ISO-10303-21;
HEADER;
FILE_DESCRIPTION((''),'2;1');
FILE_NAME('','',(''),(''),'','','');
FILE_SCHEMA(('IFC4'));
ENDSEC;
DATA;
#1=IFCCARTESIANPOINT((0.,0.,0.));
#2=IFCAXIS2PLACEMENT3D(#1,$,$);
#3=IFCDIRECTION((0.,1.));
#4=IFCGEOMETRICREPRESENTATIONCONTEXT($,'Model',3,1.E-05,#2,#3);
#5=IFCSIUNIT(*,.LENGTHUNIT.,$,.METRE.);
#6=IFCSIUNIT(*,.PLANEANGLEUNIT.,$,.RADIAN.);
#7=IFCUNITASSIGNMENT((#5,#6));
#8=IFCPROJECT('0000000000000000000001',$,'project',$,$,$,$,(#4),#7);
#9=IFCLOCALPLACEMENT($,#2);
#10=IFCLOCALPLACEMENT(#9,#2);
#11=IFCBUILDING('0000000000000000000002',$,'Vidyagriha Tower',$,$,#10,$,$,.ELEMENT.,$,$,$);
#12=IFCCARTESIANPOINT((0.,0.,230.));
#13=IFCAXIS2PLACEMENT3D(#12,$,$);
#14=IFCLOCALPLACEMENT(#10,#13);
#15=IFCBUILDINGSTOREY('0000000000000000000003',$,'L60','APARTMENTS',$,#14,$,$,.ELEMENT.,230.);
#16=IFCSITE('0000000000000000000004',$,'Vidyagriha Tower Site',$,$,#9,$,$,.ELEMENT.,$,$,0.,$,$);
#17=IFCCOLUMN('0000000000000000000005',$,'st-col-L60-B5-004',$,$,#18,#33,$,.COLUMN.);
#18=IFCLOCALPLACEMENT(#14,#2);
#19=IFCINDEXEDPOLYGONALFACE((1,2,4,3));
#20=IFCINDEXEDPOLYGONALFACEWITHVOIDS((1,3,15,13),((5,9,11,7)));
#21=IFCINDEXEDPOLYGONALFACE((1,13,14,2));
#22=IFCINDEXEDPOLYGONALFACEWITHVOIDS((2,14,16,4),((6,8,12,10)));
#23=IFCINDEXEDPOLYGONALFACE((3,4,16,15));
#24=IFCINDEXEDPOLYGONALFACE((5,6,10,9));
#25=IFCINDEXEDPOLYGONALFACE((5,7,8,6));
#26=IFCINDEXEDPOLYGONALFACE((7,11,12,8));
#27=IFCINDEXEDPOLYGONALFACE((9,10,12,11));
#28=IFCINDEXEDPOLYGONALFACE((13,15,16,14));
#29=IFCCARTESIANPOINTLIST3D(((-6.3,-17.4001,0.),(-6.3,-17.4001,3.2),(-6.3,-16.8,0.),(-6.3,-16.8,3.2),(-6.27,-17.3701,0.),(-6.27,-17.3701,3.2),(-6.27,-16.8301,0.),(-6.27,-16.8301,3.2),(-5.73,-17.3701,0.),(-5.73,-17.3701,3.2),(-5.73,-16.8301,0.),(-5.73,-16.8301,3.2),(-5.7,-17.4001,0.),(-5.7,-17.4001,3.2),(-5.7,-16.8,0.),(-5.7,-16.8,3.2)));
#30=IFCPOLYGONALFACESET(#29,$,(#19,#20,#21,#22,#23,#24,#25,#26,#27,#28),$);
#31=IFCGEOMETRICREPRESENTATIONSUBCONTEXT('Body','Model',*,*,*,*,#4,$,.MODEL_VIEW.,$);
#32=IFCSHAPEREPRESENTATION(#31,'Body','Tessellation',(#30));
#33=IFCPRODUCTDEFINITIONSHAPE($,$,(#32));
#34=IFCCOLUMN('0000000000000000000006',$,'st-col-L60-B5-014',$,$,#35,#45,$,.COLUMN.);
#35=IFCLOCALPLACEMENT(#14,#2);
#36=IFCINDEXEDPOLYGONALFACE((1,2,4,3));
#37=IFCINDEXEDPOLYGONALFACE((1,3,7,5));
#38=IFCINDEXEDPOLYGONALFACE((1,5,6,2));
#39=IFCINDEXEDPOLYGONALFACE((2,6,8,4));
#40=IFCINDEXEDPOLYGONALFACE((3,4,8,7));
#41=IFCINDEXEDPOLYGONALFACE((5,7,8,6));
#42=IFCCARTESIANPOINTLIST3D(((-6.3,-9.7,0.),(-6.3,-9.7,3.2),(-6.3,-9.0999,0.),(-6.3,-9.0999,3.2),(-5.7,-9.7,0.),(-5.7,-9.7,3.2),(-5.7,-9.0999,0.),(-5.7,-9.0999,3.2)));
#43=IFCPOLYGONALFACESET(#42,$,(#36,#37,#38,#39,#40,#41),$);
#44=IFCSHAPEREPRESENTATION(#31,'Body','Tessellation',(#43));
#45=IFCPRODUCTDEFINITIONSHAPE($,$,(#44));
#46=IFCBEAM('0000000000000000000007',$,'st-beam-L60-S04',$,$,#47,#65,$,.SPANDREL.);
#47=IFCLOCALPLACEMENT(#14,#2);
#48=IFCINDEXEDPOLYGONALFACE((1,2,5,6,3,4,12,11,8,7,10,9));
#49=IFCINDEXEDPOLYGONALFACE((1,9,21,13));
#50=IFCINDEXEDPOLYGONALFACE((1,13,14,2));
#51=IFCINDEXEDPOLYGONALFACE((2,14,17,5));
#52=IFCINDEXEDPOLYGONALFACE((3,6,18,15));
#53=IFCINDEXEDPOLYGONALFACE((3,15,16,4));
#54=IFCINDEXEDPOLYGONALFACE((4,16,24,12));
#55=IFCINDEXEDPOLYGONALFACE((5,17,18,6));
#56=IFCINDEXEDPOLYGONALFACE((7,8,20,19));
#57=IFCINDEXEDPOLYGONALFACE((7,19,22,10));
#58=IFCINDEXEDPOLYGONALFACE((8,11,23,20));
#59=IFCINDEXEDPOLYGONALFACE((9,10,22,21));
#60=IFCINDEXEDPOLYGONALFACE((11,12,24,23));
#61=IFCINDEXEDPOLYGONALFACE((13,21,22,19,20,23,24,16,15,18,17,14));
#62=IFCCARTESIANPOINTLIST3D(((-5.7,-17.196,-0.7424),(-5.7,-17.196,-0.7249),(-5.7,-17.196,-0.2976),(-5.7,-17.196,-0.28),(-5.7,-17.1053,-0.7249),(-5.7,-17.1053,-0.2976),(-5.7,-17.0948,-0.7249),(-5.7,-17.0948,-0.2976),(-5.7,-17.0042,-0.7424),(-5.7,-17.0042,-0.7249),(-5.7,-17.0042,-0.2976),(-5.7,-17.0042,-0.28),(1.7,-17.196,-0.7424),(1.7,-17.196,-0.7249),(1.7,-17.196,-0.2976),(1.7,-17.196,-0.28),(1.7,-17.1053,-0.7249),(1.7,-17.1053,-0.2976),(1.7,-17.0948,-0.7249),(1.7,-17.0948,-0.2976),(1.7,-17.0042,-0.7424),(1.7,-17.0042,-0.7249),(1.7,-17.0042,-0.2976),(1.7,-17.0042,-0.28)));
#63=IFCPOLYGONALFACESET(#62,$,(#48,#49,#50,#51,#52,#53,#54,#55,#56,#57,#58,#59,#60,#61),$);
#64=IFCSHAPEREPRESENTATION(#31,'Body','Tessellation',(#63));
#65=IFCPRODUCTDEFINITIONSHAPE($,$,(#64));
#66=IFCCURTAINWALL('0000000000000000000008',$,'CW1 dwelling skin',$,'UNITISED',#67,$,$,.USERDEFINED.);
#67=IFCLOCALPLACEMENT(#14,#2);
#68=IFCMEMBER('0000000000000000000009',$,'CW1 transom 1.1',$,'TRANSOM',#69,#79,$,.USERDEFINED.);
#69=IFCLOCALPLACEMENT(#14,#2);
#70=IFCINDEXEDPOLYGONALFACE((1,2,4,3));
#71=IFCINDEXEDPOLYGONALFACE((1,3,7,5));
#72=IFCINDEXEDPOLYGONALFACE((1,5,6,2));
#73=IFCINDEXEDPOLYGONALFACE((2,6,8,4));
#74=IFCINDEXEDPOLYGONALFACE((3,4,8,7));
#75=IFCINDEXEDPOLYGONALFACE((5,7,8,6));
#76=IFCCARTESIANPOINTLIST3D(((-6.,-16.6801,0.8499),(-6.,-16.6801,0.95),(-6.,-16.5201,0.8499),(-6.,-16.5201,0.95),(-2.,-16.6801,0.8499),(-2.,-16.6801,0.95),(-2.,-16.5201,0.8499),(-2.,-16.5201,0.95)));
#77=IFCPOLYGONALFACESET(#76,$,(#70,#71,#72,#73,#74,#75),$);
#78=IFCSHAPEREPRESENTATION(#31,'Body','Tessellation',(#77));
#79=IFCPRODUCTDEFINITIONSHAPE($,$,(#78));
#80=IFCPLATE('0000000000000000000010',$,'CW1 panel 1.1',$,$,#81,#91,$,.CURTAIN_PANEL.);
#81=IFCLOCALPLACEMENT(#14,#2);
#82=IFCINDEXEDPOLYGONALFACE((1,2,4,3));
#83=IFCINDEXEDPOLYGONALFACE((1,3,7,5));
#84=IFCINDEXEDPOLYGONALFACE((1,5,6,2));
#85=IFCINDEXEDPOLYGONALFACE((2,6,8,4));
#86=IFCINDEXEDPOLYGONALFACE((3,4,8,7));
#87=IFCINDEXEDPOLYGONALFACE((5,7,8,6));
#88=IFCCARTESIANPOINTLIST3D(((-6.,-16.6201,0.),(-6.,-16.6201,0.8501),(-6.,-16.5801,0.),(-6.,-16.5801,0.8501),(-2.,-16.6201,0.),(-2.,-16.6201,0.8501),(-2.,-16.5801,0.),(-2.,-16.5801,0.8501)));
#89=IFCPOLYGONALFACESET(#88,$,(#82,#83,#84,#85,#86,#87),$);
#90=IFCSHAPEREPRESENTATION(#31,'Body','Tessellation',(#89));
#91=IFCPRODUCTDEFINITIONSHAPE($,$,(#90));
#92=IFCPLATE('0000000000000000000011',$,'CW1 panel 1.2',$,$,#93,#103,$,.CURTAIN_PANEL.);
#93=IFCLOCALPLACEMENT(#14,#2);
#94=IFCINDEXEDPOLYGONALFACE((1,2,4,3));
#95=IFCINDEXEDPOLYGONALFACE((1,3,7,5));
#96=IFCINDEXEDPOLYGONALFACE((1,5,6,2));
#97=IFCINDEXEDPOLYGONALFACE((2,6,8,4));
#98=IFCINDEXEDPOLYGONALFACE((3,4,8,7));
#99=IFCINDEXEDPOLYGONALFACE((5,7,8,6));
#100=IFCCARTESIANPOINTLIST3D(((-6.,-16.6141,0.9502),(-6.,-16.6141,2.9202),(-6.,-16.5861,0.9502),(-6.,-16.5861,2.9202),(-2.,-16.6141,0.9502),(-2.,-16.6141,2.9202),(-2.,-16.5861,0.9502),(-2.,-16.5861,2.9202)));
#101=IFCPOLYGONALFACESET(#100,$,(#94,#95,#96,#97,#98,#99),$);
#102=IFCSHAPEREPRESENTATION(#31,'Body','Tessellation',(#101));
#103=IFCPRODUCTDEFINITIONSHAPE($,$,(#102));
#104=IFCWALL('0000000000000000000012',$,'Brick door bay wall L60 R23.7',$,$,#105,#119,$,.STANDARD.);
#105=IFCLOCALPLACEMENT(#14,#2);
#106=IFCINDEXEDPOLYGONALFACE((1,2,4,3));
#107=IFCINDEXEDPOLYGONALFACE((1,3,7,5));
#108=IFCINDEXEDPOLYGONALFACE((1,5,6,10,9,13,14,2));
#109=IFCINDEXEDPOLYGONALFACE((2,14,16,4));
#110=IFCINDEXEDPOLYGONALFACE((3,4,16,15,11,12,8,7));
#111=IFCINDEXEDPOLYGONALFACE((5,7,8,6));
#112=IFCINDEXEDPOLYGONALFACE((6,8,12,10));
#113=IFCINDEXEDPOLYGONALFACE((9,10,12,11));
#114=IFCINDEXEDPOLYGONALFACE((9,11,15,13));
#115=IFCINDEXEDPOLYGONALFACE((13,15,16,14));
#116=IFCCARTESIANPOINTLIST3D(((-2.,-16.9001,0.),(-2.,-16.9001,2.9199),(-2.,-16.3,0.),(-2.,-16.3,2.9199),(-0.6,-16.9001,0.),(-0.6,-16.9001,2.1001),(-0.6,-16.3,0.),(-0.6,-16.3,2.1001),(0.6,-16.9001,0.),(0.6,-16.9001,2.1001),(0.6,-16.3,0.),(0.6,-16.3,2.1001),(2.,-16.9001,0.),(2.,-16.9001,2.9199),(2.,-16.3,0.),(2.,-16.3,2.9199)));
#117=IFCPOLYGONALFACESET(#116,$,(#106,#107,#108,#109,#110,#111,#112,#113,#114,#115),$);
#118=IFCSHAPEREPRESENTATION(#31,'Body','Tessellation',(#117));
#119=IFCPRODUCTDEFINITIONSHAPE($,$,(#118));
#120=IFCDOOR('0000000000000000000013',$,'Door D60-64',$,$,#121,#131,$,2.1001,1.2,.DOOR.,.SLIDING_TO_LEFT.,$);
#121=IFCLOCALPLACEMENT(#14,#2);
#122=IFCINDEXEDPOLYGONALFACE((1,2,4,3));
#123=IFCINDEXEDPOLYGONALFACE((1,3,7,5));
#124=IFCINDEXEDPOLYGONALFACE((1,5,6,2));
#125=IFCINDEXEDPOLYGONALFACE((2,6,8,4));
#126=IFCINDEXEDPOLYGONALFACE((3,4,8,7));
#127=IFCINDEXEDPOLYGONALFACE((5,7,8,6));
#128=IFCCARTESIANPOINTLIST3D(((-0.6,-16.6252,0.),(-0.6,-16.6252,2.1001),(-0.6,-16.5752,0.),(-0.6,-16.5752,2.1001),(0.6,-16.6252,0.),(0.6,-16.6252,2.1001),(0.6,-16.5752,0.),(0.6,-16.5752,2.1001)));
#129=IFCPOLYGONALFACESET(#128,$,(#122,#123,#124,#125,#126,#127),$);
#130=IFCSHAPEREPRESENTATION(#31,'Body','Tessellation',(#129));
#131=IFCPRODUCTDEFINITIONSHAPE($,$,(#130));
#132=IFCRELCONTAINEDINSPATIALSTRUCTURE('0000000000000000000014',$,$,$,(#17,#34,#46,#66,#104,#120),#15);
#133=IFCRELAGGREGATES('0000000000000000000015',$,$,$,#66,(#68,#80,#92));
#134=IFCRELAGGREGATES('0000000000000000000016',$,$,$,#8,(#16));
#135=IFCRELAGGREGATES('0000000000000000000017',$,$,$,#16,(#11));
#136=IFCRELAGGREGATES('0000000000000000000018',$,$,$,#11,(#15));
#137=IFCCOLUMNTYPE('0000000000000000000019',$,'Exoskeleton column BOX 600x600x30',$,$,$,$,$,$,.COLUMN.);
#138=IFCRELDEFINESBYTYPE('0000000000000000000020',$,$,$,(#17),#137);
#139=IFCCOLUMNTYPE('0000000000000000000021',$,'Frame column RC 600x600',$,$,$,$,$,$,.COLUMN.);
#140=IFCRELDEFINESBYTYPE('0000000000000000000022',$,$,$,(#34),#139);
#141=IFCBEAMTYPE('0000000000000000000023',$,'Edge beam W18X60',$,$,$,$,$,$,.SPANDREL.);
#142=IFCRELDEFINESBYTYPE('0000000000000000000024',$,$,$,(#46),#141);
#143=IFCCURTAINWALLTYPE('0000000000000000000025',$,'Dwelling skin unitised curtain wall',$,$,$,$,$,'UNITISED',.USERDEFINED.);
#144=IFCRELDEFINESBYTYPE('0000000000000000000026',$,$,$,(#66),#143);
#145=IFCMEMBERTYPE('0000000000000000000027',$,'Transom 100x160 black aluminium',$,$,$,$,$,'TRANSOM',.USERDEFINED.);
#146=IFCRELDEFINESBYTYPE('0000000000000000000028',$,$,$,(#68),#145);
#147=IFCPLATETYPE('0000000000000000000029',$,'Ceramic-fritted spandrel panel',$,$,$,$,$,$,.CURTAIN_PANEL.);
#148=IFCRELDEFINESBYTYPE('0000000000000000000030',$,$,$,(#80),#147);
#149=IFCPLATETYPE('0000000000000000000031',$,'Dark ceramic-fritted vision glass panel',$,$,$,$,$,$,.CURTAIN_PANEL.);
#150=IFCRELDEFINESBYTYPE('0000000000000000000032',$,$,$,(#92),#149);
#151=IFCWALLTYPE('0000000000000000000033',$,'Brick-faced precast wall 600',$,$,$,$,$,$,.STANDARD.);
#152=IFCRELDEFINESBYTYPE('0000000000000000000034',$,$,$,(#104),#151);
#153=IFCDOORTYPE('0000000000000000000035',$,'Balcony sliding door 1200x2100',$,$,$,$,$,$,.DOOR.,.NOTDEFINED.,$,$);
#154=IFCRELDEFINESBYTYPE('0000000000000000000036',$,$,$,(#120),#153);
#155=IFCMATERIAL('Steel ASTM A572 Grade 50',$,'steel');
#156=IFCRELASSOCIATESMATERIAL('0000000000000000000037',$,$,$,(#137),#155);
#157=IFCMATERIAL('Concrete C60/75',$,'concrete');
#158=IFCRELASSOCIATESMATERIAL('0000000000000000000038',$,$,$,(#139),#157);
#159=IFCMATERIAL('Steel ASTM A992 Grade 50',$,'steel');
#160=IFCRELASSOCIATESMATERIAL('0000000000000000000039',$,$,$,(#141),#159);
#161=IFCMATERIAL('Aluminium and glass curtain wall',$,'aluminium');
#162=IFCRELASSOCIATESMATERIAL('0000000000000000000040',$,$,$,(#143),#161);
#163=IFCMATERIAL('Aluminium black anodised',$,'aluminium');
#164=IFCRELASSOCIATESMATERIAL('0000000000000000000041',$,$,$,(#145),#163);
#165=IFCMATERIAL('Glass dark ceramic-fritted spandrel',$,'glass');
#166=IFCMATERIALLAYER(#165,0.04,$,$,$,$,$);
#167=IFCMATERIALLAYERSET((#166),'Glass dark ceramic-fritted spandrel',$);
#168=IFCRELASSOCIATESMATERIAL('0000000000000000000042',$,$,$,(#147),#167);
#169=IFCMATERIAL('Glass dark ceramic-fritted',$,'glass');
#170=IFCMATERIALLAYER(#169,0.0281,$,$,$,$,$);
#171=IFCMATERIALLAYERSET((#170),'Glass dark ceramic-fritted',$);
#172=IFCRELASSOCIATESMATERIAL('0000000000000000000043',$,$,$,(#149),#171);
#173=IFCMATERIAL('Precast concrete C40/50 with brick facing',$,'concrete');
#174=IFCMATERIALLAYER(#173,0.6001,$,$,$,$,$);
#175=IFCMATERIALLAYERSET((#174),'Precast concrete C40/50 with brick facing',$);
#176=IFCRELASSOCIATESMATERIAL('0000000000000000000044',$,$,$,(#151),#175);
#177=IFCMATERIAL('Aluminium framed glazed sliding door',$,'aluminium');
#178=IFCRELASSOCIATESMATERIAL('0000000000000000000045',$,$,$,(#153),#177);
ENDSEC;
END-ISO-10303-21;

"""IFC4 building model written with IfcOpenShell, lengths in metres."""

from ifc_helpers import new_model, si_unit, direction, frame, frame_2d, origin, origin_2d, place, context, subcontext, project, spatial, rectangle, hollow_rectangle, i_section, extrude, material, layer, layer_set, material_profile, profile_set, type_object, element, fill, aggregate, save


model = new_model("IFC4")

# Units and contexts
model_context = context("Model", 3, precision=1e-05, world=origin(), true_north=direction((0.0, 1.0)))
body_context = subcontext(model_context, "Body", "Model", "MODEL_VIEW")
ifc_project = project(units=[si_unit("LENGTHUNIT", "METRE"), si_unit("PLANEANGLEUNIT", "RADIAN")], contexts=[model_context])

# Site, building, storey
site_placement = place(None, origin())
site = spatial("IfcSite", under=ifc_project, at=site_placement, Name="Vidyagriha Tower Site", CompositionType="ELEMENT", RefElevation=0.0)
building_placement = place(site_placement, origin())
building = spatial("IfcBuilding", under=site, at=building_placement, Name="Vidyagriha Tower", CompositionType="ELEMENT")
storey_placement = place(building_placement, frame((0.0, 0.0, 230.0)))
storey = spatial("IfcBuildingStorey", under=building, at=storey_placement, Name="L60", Description="APARTMENTS", CompositionType="ELEMENT", Elevation=230.0)

# Columns
ifc_material_1 = material(Name="Steel ASTM A572 Grade 50", Category="steel")
ifc_material_profile_1 = material_profile(ifc_material_1, hollow_rectangle(XDim=0.6001, YDim=0.6001, WallThickness=0.03, at=origin_2d()), Name="BOX 600x600x30")
ifc_profile_set_1 = profile_set([ifc_material_profile_1], Name="Steel ASTM A572 Grade 50")
column_type_1 = type_object("IfcColumnType", Name="Exoskeleton column BOX 600x600x30", PredefinedType="COLUMN", material=ifc_profile_set_1)
column_1_placement = place(storey_placement, frame((-6.0, -17.1001, 0.0)))
element("IfcColumn", 1, at=column_1_placement, inside=storey, type_object=column_type_1, Name="st-col-L60-B5-004", PredefinedType="COLUMN", context=body_context, shape_type="SweptSolid", body=[
    extrude(hollow_rectangle(XDim=0.6001, YDim=0.6001, WallThickness=0.03, at=origin_2d()), origin(), (0.0, 0.0, 1.0), 3.2),
])
ifc_material_2 = material(Name="Concrete C60/75", Category="concrete")
ifc_material_profile_2 = material_profile(ifc_material_2, rectangle(XDim=0.6001, YDim=0.6001, at=origin_2d()), Name="RC 600x600")
ifc_profile_set_2 = profile_set([ifc_material_profile_2], Name="Concrete C60/75")
column_type_2 = type_object("IfcColumnType", Name="Frame column RC 600x600", PredefinedType="COLUMN", material=ifc_profile_set_2)
column_2_placement = place(storey_placement, frame((-6.0, -9.3999, 0.0)))
element("IfcColumn", 2, at=column_2_placement, inside=storey, type_object=column_type_2, Name="st-col-L60-B5-014", PredefinedType="COLUMN", context=body_context, shape_type="SweptSolid", body=[
    extrude(rectangle(XDim=0.6001, YDim=0.6001, at=origin_2d()), origin(), (0.0, 0.0, 1.0), 3.2),
])

# Beam
ifc_material_3 = material(Name="Steel ASTM A992 Grade 50", Category="steel")
ifc_material_profile_3 = material_profile(ifc_material_3, i_section(OverallWidth=0.1919, OverallDepth=0.4624, WebThickness=0.0105, FlangeThickness=0.0176, at=origin_2d()), Name="W18X60")
ifc_profile_set_3 = profile_set([ifc_material_profile_3], Name="Steel ASTM A992 Grade 50")
beam_type = type_object("IfcBeamType", Name="Edge beam W18X60", PredefinedType="SPANDREL", material=ifc_profile_set_3)
beam_placement = place(storey_placement, frame((-5.7, -17.1001, -0.5112), z_axis=(1.0, 0.0, 0.0), x_axis=(0.0, 1.0, 0.0)))
element("IfcBeam", 3, at=beam_placement, inside=storey, type_object=beam_type, Name="st-beam-L60-S04", PredefinedType="SPANDREL", context=body_context, shape_type="SweptSolid", body=[
    extrude(i_section(OverallWidth=0.1919, OverallDepth=0.4624, WebThickness=0.0105, FlangeThickness=0.0176, at=origin_2d()), origin(), (0.0, 0.0, 1.0), 7.3999),
])

# Curtain wall, member, plates
ifc_material_4 = material(Name="Aluminium and glass curtain wall", Category="aluminium")
curtain_wall_type = type_object("IfcCurtainWallType", Name="Dwelling skin unitised curtain wall", ElementType="UNITISED", PredefinedType="USERDEFINED", material=ifc_material_4)
curtain_wall_placement = place(storey_placement, origin())
curtain_wall = element("IfcCurtainWall", 4, at=curtain_wall_placement, inside=storey, type_object=curtain_wall_type, Name="CW1 dwelling skin", ObjectType="UNITISED", PredefinedType="USERDEFINED")
ifc_material_5 = material(Name="Aluminium black anodised", Category="aluminium")
ifc_material_profile_4 = material_profile(ifc_material_5, rectangle(XDim=0.1599, YDim=0.1001, at=origin_2d()), Name="Transom 100x160 black aluminium")
ifc_profile_set_4 = profile_set([ifc_material_profile_4], Name="Aluminium black anodised")
member_type = type_object("IfcMemberType", Name="Transom 100x160 black aluminium", ElementType="TRANSOM", PredefinedType="USERDEFINED", material=ifc_profile_set_4)
member_placement = place(storey_placement, frame((-6.0, -16.6001, 0.8999), z_axis=(1.0, 0.0, 0.0), x_axis=(0.0, 1.0, 0.0)))
member = element("IfcMember", 5, at=member_placement, type_object=member_type, Name="CW1 transom 1.1", ObjectType="TRANSOM", PredefinedType="USERDEFINED", context=body_context, shape_type="SweptSolid", body=[
    extrude(rectangle(XDim=0.1599, YDim=0.1001, at=origin_2d()), origin(), (0.0, 0.0, 1.0), 4.0),
])
ifc_material_6 = material(Name="Glass dark ceramic-fritted spandrel", Category="glass")
ifc_layer_1 = layer(ifc_material_6, 0.04)
ifc_layer_set_1 = layer_set([ifc_layer_1], Name="Glass dark ceramic-fritted spandrel")
plate_type_1 = type_object("IfcPlateType", Name="Ceramic-fritted spandrel panel", PredefinedType="CURTAIN_PANEL", material=ifc_layer_set_1)
plate_1_placement = place(storey_placement, frame((-4.0, -16.6001, 0.0)))
plate_1 = element("IfcPlate", 6, at=plate_1_placement, type_object=plate_type_1, Name="CW1 panel 1.1", PredefinedType="CURTAIN_PANEL", context=body_context, shape_type="SweptSolid", body=[
    extrude(rectangle(XDim=4.0, YDim=0.04, at=origin_2d()), origin(), (0.0, 0.0, 1.0), 0.8501),
])
ifc_material_7 = material(Name="Glass dark ceramic-fritted", Category="glass")
ifc_layer_2 = layer(ifc_material_7, 0.0281)
ifc_layer_set_2 = layer_set([ifc_layer_2], Name="Glass dark ceramic-fritted")
plate_type_2 = type_object("IfcPlateType", Name="Dark ceramic-fritted vision glass panel", PredefinedType="CURTAIN_PANEL", material=ifc_layer_set_2)
plate_2_placement = place(storey_placement, frame((-4.0, -16.6001, 0.9502)))
plate_2 = element("IfcPlate", 7, at=plate_2_placement, type_object=plate_type_2, Name="CW1 panel 1.2", PredefinedType="CURTAIN_PANEL", context=body_context, shape_type="SweptSolid", body=[
    extrude(rectangle(XDim=4.0, YDim=0.0281, at=origin_2d()), origin(), (0.0, 0.0, 1.0), 1.97),
])
aggregate(curtain_wall, [member, plate_1, plate_2])

# Wall, opening, door
ifc_material_8 = material(Name="Precast concrete C40/50 with brick facing", Category="concrete")
ifc_layer_3 = layer(ifc_material_8, 0.6001)
ifc_layer_set_3 = layer_set([ifc_layer_3], Name="Precast concrete C40/50 with brick facing")
wall_type = type_object("IfcWallType", Name="Brick-faced precast wall 600", PredefinedType="STANDARD", material=ifc_layer_set_3)
wall_placement = place(storey_placement, frame((-2.0, -16.6001, 0.0)))
wall = element("IfcWall", 8, at=wall_placement, inside=storey, type_object=wall_type, Name="Brick door bay wall L60 R23.7", PredefinedType="STANDARD", context=body_context, shape_type="SweptSolid", body=[
    extrude(rectangle(XDim=4.0, YDim=0.6001, at=frame_2d((2.0, 0.0))), origin(), (0.0, 0.0, 1.0), 2.9199),
])
opening_placement = place(wall_placement, frame((1.3999, 0.0, 0.0)))
opening = element("IfcOpeningElement", 9, at=opening_placement, cuts=wall, PredefinedType="OPENING", context=body_context, shape_type="SweptSolid", body=[
    extrude(rectangle(XDim=1.2, YDim=2.1001, at=frame_2d((0.6001, 1.05))), frame((0.0, 0.3101, 0.0), z_axis=(0.0, -1.0, 0.0), x_axis=(1.0, 0.0, 0.0)), (0.0, 0.0, 1.0), 0.6201),
])
ifc_material_9 = material(Name="Aluminium framed glazed sliding door", Category="aluminium")
door_type = type_object("IfcDoorType", Name="Balcony sliding door 1200x2100", OperationType="NOTDEFINED", PredefinedType="DOOR", material=ifc_material_9)
door_placement = place(opening_placement, origin())
door = element("IfcDoor", 10, at=door_placement, inside=storey, type_object=door_type, Name="Door D60-64", OperationType="SLIDING_TO_LEFT", OverallHeight=2.1001, OverallWidth=1.2, PredefinedType="DOOR", context=body_context, shape_type="SweptSolid", body=[
    extrude(rectangle(XDim=1.2, YDim=2.1001, at=frame_2d((0.6001, 1.05))), frame((0.0, 0.0249, 0.0), z_axis=(0.0, -1.0, 0.0), x_axis=(1.0, 0.0, 0.0)), (0.0, 0.0, 1.0), 0.05),
])
fill(opening, door)

save(model, "model.ifc")
